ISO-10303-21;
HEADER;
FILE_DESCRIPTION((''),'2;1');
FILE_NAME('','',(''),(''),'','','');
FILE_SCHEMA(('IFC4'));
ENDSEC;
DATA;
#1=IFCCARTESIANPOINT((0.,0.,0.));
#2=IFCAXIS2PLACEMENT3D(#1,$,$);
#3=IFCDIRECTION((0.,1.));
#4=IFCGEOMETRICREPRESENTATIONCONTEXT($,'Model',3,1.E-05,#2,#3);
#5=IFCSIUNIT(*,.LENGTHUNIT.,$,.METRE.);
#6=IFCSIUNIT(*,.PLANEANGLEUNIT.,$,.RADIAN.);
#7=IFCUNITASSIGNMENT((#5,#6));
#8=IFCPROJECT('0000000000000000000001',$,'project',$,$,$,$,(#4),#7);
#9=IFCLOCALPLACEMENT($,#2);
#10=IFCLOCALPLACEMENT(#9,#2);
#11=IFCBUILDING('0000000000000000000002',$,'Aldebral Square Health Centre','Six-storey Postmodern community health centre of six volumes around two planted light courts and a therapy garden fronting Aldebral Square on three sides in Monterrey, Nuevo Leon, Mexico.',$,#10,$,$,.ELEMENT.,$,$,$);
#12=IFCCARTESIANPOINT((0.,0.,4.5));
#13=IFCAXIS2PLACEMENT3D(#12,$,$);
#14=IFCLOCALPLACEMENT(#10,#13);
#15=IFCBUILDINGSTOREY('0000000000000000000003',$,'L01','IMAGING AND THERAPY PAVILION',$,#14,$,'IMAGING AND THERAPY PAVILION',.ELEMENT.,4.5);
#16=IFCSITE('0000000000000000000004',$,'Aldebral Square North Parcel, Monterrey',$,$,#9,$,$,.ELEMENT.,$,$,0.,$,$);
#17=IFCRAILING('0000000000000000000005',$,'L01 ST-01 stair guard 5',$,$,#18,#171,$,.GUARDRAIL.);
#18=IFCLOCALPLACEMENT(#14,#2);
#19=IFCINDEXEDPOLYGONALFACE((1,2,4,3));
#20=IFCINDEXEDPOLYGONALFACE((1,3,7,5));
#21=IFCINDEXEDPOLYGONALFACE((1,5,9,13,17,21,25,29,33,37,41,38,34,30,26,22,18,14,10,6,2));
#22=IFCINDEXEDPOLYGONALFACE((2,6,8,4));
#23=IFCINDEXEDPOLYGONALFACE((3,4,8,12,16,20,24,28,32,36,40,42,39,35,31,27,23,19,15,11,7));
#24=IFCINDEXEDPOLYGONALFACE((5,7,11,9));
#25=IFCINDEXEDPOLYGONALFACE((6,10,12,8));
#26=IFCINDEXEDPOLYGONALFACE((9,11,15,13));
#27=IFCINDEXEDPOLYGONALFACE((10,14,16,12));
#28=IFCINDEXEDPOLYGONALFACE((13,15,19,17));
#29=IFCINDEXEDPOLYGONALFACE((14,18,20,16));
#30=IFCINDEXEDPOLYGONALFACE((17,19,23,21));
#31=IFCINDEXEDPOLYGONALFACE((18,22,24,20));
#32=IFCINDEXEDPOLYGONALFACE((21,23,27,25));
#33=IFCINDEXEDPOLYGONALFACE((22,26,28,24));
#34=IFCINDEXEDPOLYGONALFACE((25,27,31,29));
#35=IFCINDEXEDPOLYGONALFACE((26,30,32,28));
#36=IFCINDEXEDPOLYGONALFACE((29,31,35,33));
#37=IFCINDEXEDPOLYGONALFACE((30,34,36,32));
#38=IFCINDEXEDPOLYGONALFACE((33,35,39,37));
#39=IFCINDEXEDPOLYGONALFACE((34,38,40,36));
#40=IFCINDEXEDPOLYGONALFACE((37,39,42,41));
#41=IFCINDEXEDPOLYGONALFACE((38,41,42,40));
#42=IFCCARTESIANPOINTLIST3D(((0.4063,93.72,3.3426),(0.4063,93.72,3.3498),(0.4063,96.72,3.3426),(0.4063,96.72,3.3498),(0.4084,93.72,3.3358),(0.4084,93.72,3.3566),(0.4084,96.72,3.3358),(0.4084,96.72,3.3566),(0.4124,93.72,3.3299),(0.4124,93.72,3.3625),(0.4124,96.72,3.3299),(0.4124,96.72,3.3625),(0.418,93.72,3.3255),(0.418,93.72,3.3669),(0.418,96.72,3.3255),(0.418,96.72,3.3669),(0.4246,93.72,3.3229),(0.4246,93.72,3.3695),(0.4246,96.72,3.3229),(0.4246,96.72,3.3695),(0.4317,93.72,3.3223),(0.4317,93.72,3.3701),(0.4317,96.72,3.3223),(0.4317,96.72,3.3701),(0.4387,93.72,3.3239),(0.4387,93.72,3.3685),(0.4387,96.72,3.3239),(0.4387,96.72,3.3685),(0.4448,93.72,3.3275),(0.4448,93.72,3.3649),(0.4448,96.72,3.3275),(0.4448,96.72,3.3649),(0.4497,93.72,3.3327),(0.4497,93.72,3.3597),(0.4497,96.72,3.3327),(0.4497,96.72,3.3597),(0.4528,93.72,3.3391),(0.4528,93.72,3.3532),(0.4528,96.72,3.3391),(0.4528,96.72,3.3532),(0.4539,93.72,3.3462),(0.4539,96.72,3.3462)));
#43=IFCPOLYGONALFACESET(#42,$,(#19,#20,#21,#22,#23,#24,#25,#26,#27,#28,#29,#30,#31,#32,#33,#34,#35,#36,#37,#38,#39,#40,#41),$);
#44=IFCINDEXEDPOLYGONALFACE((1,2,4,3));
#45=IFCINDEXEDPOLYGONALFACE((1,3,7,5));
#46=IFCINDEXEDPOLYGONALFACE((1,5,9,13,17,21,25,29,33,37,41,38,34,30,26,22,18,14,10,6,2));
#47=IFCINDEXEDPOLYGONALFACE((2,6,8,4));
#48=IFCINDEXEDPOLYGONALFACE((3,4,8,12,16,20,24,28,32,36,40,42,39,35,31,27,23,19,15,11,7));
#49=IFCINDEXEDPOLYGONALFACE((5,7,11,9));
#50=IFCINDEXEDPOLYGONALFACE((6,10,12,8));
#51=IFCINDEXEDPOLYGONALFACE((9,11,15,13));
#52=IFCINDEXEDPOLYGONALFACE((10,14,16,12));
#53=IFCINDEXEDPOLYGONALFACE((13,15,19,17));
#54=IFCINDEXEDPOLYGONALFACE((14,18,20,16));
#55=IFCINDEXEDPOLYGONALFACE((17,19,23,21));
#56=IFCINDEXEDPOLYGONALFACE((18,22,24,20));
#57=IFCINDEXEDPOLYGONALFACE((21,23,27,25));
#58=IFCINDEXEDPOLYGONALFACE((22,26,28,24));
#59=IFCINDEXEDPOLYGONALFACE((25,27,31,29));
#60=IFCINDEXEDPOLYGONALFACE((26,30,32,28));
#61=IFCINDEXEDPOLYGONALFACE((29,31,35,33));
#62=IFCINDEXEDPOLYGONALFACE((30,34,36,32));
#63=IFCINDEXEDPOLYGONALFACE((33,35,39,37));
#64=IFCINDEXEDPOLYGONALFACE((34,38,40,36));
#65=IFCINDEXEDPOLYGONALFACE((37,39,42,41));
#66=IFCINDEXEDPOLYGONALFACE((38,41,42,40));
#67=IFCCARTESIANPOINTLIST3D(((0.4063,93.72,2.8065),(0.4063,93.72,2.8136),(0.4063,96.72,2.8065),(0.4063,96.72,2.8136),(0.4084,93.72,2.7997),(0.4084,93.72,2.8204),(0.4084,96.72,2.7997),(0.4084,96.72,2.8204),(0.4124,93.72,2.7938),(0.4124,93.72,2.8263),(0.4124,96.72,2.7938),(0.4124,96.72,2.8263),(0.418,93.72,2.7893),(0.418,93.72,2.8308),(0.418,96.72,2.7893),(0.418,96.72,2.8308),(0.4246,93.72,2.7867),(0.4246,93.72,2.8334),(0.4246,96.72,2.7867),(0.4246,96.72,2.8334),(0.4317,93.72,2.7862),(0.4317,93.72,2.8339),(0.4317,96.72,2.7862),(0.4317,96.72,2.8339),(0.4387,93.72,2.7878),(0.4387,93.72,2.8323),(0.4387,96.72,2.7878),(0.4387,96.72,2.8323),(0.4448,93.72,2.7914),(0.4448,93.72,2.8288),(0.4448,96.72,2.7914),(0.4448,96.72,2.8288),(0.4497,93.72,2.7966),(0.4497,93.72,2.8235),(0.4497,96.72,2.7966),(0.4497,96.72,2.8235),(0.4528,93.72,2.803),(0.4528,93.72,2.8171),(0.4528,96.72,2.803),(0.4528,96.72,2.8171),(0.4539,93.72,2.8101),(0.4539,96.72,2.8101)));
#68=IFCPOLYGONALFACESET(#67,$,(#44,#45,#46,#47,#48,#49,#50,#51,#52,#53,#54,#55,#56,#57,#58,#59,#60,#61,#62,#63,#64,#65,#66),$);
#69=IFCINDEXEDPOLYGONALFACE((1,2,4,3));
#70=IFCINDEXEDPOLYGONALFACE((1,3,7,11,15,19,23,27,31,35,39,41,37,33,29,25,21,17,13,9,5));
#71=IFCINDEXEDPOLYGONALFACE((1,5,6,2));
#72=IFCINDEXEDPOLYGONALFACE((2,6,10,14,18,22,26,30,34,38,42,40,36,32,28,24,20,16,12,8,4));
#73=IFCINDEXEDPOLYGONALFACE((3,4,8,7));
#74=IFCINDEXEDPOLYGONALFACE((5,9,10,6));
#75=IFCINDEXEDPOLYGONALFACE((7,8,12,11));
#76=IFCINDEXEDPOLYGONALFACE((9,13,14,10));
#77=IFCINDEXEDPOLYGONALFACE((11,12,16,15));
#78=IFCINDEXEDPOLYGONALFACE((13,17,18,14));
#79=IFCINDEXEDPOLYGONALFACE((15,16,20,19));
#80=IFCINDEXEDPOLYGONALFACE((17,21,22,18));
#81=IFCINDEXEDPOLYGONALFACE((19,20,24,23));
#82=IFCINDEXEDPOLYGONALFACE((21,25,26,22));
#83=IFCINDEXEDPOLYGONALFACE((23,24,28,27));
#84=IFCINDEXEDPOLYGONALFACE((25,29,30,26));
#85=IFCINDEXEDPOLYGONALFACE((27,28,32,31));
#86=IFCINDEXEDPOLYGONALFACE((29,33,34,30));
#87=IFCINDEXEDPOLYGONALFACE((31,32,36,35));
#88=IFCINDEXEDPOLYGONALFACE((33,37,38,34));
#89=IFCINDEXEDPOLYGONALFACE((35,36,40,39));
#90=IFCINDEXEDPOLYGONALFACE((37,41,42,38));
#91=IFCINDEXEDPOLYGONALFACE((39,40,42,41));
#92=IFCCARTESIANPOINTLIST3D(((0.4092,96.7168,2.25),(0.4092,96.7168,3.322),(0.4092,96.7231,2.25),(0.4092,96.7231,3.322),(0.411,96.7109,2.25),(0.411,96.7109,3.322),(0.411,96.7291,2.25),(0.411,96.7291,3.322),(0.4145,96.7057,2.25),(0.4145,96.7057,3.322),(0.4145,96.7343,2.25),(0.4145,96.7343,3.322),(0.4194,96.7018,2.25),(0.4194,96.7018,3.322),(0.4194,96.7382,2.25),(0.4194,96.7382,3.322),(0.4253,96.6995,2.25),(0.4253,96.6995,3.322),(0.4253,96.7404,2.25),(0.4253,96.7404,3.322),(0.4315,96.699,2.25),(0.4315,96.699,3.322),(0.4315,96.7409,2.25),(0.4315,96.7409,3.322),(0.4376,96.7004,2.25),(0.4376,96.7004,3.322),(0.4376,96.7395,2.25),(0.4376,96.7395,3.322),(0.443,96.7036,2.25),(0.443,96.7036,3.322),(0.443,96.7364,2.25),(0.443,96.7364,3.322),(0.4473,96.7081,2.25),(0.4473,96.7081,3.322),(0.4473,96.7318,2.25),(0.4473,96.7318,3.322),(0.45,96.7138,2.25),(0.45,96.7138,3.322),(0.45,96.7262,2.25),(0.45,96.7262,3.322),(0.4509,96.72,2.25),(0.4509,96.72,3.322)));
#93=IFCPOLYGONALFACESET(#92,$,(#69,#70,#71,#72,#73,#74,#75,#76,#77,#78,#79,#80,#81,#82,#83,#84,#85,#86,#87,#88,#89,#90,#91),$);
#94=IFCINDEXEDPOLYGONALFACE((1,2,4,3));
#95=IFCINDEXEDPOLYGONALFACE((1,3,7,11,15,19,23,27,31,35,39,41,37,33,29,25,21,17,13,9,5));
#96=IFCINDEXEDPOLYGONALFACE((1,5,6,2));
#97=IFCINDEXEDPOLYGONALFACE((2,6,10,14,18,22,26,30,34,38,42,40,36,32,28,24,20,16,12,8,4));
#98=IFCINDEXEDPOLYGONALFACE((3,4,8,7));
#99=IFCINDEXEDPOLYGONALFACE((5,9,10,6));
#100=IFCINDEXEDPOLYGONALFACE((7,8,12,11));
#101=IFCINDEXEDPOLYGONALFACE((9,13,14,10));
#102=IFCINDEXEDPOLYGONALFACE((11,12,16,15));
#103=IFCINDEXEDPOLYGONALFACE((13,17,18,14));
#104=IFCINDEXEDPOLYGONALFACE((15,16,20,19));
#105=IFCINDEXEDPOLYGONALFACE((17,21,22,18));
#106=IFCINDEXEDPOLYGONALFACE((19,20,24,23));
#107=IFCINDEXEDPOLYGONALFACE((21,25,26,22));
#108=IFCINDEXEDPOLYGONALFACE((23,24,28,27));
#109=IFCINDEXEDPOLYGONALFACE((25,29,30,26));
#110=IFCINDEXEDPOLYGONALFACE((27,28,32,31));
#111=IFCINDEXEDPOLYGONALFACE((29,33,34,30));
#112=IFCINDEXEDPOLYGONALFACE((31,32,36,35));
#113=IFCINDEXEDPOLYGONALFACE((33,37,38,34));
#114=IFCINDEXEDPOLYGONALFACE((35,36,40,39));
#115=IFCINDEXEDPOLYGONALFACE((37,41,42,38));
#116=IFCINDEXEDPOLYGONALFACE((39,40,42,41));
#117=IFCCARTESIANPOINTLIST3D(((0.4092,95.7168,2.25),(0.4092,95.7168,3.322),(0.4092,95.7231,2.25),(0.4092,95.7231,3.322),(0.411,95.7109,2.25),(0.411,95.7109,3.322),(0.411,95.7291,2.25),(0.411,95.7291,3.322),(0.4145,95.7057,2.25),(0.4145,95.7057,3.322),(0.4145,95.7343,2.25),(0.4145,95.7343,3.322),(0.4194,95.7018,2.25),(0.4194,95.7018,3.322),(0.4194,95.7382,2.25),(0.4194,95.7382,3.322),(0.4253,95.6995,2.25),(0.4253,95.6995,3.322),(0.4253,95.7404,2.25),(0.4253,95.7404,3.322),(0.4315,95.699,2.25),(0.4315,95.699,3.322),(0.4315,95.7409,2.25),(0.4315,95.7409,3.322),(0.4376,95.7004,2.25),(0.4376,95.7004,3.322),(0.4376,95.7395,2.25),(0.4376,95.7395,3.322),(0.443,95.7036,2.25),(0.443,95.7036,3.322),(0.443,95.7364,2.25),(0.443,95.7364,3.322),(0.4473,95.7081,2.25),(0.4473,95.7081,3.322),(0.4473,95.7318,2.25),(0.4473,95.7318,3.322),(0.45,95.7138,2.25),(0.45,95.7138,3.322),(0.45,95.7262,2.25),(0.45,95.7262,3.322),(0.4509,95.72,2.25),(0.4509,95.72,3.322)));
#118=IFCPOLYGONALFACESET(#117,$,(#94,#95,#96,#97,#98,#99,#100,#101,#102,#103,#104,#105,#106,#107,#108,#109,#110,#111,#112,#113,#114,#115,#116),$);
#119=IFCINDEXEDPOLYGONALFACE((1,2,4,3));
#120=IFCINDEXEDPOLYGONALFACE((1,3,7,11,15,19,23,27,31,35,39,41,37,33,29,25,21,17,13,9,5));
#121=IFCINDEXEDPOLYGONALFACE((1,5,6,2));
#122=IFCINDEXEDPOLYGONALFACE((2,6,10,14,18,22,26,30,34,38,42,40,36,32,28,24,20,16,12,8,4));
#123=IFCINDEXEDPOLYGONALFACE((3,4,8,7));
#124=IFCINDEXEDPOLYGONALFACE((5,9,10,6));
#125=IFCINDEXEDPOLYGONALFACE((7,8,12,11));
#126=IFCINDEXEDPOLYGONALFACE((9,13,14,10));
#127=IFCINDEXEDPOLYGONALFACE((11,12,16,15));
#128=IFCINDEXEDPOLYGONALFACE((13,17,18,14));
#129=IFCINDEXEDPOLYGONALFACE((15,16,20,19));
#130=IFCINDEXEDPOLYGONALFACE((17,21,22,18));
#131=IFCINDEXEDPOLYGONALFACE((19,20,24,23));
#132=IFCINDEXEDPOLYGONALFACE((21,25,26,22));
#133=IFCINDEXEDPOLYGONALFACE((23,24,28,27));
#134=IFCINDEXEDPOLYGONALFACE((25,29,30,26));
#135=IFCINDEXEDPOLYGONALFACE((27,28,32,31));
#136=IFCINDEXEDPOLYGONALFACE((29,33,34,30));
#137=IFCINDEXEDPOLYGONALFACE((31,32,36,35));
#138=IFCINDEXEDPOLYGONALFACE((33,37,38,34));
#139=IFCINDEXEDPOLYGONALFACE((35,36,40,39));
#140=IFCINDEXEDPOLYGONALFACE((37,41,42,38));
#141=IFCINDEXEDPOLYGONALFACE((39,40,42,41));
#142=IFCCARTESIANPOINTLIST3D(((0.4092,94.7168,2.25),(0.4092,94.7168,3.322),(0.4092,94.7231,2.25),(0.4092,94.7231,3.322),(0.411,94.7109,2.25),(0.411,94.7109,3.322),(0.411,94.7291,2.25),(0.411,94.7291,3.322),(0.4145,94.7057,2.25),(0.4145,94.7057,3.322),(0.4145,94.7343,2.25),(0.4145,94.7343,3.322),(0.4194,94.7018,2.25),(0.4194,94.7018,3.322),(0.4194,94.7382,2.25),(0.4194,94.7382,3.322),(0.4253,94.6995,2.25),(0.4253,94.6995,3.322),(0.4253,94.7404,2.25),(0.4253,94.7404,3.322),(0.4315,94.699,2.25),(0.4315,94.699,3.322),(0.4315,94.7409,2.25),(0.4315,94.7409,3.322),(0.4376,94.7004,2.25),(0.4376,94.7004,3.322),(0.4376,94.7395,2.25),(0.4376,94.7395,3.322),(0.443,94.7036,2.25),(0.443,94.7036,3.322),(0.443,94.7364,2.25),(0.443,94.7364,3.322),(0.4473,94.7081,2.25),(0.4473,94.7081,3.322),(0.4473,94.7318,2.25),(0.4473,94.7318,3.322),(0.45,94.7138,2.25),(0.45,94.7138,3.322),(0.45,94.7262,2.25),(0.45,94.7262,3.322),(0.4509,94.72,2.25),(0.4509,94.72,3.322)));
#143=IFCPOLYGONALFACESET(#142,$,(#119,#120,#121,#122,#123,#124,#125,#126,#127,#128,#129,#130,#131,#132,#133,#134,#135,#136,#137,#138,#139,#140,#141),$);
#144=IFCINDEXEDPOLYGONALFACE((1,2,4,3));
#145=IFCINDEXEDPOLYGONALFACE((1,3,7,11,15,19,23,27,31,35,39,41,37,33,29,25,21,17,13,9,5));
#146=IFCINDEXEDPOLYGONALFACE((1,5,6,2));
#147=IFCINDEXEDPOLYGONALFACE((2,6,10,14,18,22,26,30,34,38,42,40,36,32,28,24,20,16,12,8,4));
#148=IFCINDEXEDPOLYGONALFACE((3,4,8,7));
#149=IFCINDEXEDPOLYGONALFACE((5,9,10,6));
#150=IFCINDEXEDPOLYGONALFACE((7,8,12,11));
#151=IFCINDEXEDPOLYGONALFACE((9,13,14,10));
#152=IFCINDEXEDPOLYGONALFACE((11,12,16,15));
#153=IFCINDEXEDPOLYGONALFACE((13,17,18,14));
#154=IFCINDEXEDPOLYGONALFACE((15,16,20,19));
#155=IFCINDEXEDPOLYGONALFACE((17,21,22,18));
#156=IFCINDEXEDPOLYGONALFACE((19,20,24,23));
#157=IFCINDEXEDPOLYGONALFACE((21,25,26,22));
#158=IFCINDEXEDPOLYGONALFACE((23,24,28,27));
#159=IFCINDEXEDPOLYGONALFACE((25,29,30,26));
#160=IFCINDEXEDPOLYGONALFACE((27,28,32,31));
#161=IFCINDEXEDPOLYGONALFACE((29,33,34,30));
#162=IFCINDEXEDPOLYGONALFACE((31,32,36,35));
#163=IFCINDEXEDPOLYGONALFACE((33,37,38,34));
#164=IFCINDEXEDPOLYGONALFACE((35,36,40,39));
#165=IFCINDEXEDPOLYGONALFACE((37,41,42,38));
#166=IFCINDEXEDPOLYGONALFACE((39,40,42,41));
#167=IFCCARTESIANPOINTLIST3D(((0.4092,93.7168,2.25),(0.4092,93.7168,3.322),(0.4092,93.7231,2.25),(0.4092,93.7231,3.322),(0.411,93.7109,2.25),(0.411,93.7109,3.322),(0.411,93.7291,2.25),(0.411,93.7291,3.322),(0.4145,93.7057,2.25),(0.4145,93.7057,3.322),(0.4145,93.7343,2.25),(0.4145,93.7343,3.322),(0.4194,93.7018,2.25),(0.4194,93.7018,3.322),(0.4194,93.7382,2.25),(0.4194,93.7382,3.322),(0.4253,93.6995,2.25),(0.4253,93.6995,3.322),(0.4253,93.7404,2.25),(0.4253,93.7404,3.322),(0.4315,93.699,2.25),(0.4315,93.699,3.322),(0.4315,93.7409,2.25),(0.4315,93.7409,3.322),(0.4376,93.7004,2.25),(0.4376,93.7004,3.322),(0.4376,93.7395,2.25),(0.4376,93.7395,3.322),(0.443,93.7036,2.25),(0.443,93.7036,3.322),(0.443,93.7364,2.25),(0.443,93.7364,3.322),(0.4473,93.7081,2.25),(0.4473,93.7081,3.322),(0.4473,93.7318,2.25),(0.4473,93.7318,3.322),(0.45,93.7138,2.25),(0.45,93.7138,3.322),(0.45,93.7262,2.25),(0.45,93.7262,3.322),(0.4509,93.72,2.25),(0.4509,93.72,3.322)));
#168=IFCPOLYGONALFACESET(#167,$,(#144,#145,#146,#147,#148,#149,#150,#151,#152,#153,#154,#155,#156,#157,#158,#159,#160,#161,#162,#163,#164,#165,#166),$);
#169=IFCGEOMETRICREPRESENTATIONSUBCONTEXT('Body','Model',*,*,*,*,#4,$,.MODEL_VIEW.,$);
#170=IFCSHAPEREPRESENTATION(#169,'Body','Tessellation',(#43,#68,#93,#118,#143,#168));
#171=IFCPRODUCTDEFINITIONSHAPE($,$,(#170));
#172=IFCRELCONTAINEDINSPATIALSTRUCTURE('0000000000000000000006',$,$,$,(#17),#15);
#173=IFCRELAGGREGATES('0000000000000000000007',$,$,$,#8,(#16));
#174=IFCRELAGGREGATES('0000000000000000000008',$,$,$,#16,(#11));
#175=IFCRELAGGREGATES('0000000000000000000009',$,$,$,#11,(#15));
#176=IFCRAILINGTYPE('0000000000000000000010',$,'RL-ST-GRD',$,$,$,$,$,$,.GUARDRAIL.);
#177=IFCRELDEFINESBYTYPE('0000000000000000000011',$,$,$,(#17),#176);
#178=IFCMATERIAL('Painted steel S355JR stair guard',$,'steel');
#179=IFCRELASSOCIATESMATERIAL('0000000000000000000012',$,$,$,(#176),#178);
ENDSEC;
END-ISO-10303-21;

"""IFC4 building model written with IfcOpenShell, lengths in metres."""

from ifc_helpers import new_model, si_unit, direction, frame, origin, origin_2d, place, context, subcontext, project, spatial, circle, extrude, material, type_object, element, save


model = new_model("IFC4")

# Units and contexts
model_context = context("Model", 3, precision=1e-05, world=origin(), true_north=direction((0.0, 1.0)))
body_context = subcontext(model_context, "Body", "Model", "MODEL_VIEW")
ifc_project = project(units=[si_unit("LENGTHUNIT", "METRE"), si_unit("PLANEANGLEUNIT", "RADIAN")], contexts=[model_context])

# Site, building, storey
site_placement = place(None, origin())
site = spatial("IfcSite", under=ifc_project, at=site_placement, Name="Aldebral Square North Parcel, Monterrey", CompositionType="ELEMENT", RefElevation=0.0)
building_placement = place(site_placement, origin())
building = spatial("IfcBuilding", under=site, at=building_placement, Name="Aldebral Square Health Centre", Description="Six-storey Postmodern community health centre of six volumes around two planted light courts and a therapy garden fronting Aldebral Square on three sides in Monterrey, Nuevo Leon, Mexico.", CompositionType="ELEMENT")
storey_placement = place(building_placement, frame((0.0, 0.0, 4.5)))
storey = spatial("IfcBuildingStorey", under=building, at=storey_placement, Name="L01", Description="IMAGING AND THERAPY PAVILION", LongName="IMAGING AND THERAPY PAVILION", CompositionType="ELEMENT", Elevation=4.5)

# Railing
ifc_material_1 = material(Name="Painted steel S355JR stair guard", Category="steel")
railing_type_1 = type_object("IfcRailingType", Name="RL-ST-GRD", PredefinedType="GUARDRAIL", material=ifc_material_1)
railing_1_placement = place(storey_placement, frame((0.4299, 96.72, 2.25)))
element("IfcRailing", 1, at=railing_1_placement, inside=storey, type_object=railing_type_1, Name="L01 ST-01 stair guard 5", PredefinedType="GUARDRAIL", context=body_context, shape_type="SweptSolid", body=[
    extrude(circle(Radius=0.0239, at=origin_2d()), frame((0.0, 0.0, 1.0962), z_axis=(0.0, -1.0, 0.0), x_axis=(1.0, 0.0, 0.0)), (0.0, 0.0, 1.0), 3.0),
    extrude(circle(Radius=0.0239, at=origin_2d()), frame((0.0, 0.0, 0.5601), z_axis=(0.0, -1.0, 0.0), x_axis=(1.0, 0.0, 0.0)), (0.0, 0.0, 1.0), 3.0),
    extrude(circle(Radius=0.021, at=origin_2d()), origin(), (0.0, 0.0, 1.0), 1.072),
    extrude(circle(Radius=0.021, at=origin_2d()), frame((0.0, -1.0, 0.0)), (0.0, 0.0, 1.0), 1.072),
    extrude(circle(Radius=0.021, at=origin_2d()), frame((0.0, -2.0, 0.0)), (0.0, 0.0, 1.0), 1.072),
    extrude(circle(Radius=0.021, at=origin_2d()), frame((0.0, -3.0, 0.0)), (0.0, 0.0, 1.0), 1.072),
])

save(model, "model.ifc")
